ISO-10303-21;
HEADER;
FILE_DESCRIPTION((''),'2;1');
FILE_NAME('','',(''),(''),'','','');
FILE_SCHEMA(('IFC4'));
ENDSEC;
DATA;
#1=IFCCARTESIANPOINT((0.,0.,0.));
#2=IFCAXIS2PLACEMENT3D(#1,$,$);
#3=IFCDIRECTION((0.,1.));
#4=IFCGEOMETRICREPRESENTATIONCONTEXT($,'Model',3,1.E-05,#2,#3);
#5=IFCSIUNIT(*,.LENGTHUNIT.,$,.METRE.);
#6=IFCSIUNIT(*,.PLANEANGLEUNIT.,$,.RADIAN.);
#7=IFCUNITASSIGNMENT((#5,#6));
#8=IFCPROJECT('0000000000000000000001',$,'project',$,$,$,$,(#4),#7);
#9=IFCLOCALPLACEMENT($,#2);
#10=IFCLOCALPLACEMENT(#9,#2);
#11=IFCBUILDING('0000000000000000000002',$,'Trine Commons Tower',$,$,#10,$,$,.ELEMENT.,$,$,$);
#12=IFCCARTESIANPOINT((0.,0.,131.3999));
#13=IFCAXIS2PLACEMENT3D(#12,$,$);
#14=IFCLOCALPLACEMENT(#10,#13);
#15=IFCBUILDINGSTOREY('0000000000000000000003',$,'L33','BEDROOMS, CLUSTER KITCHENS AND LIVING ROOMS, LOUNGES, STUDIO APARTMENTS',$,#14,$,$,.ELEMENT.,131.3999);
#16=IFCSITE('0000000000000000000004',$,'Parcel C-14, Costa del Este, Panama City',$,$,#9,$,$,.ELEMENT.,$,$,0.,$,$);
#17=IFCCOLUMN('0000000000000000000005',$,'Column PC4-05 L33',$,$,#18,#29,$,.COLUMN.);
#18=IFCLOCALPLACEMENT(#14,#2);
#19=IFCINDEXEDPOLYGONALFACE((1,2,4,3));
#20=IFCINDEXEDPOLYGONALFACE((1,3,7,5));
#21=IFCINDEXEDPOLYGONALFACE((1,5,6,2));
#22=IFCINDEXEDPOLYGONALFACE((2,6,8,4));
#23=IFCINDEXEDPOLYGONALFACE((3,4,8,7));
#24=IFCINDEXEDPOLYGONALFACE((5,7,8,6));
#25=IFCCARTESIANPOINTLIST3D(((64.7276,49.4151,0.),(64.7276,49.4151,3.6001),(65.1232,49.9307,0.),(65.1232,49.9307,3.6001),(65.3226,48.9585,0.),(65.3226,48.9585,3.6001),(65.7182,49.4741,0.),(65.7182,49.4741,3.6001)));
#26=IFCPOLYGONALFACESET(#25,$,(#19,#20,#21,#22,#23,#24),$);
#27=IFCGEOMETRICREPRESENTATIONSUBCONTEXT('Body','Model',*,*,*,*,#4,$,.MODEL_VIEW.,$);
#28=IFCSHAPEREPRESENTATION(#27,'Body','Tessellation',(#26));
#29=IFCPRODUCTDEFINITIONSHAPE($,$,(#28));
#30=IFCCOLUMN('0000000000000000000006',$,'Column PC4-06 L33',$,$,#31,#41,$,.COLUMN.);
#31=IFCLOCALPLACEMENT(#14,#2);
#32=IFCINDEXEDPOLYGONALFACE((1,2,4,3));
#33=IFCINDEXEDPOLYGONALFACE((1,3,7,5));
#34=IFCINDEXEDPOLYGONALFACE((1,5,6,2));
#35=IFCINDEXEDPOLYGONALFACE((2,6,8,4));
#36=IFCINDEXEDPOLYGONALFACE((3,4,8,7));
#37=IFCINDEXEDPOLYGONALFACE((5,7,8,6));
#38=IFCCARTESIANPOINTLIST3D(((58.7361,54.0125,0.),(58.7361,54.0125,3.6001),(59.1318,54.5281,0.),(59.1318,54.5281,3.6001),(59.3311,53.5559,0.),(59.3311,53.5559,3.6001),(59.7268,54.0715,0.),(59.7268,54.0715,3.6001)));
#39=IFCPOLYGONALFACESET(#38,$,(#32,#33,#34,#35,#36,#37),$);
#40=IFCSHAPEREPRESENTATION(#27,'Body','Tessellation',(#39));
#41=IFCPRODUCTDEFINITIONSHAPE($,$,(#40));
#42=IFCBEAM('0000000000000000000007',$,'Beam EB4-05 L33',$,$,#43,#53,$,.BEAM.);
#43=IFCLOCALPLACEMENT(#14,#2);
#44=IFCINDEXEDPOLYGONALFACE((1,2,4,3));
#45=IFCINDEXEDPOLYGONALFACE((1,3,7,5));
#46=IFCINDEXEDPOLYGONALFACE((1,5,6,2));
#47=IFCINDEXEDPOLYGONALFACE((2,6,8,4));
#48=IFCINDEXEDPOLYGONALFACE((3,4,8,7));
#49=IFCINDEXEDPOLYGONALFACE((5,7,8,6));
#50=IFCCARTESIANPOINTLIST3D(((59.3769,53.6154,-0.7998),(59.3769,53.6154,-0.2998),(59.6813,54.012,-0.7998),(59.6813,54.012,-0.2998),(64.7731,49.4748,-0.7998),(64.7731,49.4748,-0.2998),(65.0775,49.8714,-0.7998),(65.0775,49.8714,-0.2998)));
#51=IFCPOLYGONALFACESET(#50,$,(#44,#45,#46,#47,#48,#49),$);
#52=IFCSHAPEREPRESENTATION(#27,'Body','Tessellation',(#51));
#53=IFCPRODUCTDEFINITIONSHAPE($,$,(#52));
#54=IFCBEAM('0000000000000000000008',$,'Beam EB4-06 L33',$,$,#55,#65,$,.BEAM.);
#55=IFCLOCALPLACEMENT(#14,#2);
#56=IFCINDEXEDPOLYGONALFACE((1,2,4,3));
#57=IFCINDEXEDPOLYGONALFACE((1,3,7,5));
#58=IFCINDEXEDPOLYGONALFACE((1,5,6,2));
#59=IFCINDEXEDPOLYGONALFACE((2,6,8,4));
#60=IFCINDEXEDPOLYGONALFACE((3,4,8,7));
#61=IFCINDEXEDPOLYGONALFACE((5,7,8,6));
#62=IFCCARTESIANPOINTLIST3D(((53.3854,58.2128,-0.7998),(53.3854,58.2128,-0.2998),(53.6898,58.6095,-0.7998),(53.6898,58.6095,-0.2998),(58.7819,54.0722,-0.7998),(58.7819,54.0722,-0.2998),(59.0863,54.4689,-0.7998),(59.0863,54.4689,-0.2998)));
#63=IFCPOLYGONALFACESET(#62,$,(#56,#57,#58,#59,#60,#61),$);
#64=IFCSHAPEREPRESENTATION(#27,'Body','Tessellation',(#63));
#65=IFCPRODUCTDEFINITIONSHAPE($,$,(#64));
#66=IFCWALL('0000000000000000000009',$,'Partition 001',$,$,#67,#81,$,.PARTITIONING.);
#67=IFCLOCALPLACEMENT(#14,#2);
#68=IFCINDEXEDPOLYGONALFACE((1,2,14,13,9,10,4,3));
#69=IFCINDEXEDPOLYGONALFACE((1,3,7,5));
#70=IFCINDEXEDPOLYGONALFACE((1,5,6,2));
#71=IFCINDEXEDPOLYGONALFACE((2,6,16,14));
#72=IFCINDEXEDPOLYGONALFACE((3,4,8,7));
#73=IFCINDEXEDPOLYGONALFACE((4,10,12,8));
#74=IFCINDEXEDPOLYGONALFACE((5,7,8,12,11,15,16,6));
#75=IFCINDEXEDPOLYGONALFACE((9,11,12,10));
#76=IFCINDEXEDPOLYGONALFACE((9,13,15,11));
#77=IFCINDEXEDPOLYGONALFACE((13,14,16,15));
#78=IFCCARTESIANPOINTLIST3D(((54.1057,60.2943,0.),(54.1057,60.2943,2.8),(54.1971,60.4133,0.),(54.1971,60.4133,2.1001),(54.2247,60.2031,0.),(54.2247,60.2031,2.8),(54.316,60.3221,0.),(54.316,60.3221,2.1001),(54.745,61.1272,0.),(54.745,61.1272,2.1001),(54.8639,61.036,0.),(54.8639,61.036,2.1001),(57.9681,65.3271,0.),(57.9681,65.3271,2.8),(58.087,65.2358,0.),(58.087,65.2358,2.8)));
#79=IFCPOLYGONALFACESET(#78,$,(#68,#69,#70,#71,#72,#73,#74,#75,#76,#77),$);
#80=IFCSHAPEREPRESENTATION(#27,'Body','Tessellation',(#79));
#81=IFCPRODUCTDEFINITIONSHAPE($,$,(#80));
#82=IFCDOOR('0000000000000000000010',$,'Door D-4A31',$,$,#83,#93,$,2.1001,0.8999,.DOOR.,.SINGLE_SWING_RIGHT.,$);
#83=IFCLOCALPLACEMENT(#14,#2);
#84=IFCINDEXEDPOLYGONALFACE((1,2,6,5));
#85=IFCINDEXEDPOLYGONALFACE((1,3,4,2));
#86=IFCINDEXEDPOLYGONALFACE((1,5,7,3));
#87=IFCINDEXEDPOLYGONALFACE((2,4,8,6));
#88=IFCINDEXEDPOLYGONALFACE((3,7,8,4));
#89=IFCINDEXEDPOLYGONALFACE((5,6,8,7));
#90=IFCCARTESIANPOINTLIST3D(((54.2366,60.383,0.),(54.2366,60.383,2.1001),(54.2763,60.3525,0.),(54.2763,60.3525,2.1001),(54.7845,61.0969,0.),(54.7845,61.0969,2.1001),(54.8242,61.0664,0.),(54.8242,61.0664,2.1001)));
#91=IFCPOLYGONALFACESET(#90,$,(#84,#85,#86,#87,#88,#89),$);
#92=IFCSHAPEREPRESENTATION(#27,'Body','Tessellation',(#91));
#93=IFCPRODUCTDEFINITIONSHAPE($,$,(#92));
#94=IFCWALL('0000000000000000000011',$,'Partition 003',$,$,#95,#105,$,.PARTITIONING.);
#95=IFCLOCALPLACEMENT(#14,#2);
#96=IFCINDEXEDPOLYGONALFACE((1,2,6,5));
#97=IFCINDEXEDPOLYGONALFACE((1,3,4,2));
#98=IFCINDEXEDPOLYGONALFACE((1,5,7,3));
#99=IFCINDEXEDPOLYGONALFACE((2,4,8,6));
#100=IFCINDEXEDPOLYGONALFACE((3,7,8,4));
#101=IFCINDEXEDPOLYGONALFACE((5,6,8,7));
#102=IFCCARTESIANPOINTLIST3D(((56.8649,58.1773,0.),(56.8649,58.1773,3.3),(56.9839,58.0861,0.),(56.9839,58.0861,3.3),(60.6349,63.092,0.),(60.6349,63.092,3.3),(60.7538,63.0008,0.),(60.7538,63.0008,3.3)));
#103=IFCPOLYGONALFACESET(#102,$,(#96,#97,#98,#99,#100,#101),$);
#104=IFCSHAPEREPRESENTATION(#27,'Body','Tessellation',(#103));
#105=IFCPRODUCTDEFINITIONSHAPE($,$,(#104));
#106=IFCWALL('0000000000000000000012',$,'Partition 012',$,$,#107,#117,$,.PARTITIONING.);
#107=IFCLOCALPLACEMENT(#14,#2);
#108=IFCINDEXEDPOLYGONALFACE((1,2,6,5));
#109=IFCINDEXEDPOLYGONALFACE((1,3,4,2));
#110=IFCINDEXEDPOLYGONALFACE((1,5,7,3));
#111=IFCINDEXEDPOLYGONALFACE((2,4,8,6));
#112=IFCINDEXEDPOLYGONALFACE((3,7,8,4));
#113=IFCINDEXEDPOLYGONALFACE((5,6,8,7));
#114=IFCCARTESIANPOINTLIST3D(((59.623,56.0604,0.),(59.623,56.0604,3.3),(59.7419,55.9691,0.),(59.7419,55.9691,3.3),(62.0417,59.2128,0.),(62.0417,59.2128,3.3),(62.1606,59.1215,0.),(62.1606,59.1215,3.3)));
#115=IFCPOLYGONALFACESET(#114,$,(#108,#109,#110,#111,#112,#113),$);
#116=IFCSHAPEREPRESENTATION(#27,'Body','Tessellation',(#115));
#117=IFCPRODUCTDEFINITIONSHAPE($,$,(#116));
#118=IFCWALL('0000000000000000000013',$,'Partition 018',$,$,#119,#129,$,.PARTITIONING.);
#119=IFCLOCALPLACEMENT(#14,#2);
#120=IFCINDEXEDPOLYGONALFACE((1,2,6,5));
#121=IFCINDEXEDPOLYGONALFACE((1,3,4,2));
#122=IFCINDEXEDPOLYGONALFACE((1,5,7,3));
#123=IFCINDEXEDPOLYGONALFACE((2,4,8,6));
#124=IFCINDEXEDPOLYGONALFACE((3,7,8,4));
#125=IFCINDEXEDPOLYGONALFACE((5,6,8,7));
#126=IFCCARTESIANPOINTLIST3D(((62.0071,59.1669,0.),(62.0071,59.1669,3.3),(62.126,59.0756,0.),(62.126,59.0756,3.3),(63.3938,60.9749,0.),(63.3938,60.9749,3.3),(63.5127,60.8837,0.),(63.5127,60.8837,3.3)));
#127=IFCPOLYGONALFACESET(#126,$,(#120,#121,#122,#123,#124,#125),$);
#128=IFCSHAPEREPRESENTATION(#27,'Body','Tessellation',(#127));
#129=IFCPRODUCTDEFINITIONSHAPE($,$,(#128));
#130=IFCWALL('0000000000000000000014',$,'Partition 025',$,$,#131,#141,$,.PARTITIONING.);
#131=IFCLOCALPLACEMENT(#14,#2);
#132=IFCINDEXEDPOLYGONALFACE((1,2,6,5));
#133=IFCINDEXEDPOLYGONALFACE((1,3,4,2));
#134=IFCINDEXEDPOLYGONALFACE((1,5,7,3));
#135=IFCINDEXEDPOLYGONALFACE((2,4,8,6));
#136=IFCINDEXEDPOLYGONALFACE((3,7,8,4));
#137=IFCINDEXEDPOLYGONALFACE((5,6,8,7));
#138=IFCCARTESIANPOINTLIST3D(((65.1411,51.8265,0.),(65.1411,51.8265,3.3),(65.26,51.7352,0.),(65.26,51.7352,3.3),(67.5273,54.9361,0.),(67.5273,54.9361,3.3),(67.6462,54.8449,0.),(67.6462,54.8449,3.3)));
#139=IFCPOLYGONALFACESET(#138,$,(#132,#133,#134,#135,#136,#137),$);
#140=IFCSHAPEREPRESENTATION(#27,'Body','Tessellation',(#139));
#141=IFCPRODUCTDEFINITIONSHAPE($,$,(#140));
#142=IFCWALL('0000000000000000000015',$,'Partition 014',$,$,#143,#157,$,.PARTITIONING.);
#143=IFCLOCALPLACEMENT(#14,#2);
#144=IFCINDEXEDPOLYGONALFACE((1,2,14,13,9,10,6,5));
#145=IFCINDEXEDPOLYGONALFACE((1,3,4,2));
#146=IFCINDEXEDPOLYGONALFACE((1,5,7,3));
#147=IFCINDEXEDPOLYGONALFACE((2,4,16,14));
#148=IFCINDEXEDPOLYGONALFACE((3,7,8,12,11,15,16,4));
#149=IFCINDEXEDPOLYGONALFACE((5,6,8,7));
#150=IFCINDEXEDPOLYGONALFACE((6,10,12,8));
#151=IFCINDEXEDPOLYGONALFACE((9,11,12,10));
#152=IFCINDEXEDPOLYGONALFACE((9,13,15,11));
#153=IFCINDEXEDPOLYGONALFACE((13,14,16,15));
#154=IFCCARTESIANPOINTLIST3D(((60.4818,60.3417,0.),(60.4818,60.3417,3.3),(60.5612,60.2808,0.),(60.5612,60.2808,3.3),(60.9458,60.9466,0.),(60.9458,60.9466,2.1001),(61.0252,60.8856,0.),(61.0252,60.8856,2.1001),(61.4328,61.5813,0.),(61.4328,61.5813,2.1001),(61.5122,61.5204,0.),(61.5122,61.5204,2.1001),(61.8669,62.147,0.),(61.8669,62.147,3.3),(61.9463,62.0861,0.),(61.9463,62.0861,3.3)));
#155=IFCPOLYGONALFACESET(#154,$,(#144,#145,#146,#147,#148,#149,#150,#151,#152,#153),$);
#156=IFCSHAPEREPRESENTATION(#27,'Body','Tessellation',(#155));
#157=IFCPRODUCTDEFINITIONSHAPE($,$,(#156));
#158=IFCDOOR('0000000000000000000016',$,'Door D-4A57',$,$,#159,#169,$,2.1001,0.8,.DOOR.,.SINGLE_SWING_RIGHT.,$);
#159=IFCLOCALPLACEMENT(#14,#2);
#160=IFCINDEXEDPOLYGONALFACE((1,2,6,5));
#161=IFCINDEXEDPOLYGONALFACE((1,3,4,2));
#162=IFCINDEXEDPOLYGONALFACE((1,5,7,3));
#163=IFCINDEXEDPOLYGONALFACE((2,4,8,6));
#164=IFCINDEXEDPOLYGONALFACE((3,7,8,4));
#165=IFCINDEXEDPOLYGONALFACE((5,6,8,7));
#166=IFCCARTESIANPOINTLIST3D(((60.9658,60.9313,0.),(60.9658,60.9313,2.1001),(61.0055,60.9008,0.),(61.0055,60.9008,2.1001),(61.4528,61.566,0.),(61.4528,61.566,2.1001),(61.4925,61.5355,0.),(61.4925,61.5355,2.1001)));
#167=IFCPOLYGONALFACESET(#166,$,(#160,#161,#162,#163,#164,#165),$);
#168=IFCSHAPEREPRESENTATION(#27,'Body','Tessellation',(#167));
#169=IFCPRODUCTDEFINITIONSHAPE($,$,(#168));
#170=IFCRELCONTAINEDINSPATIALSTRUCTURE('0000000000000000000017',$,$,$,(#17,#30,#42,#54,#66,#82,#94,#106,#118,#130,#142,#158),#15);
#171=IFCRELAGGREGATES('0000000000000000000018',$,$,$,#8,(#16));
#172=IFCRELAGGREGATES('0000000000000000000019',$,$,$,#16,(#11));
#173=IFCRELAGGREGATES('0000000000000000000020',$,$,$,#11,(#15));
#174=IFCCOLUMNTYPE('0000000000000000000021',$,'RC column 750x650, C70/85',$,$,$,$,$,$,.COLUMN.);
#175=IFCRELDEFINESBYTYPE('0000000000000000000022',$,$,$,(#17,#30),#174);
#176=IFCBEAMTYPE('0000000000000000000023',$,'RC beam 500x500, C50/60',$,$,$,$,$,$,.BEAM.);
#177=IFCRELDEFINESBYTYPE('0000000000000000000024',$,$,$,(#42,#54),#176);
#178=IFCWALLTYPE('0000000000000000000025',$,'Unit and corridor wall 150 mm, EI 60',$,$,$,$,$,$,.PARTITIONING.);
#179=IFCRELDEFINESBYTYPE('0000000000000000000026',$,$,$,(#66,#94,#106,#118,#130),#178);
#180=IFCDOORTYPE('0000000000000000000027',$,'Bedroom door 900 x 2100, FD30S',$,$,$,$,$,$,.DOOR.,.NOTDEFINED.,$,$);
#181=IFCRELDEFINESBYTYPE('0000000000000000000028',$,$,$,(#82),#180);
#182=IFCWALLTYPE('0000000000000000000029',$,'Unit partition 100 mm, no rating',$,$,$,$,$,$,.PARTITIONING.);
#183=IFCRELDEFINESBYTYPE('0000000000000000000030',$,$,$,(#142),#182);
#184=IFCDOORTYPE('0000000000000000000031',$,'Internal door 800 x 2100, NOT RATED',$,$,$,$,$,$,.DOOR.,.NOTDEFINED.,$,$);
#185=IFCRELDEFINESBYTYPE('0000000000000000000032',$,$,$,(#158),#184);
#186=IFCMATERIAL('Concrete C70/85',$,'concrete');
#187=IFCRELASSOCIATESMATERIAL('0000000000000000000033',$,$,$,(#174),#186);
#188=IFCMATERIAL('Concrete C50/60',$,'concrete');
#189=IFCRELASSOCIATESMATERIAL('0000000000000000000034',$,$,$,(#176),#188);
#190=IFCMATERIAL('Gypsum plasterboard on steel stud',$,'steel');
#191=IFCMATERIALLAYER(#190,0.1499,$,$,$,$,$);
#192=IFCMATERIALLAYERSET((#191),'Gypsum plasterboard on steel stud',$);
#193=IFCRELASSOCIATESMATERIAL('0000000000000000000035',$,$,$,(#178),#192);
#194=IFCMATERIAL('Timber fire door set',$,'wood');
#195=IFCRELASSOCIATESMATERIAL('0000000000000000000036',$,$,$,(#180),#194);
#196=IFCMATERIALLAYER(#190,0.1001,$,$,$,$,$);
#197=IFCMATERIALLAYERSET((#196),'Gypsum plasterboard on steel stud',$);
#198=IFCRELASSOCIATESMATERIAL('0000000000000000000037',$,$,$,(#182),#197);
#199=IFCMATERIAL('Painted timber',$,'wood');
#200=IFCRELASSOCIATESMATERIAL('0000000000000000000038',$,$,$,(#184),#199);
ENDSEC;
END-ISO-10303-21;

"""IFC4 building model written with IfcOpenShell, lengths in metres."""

from ifc_helpers import new_model, si_unit, direction, frame, frame_2d, origin, origin_2d, place, context, subcontext, project, spatial, rectangle, extrude, material, layer, layer_set, material_profile, profile_set, type_object, element, fill, save


model = new_model("IFC4")

# Units and contexts
model_context = context("Model", 3, precision=1e-05, world=origin(), true_north=direction((0.0, 1.0)))
body_context = subcontext(model_context, "Body", "Model", "MODEL_VIEW")
ifc_project = project(units=[si_unit("LENGTHUNIT", "METRE"), si_unit("PLANEANGLEUNIT", "RADIAN")], contexts=[model_context])

# Site, building, storey
site_placement = place(None, origin())
site = spatial("IfcSite", under=ifc_project, at=site_placement, Name="Parcel C-14, Costa del Este, Panama City", CompositionType="ELEMENT", RefElevation=0.0)
building_placement = place(site_placement, origin())
building = spatial("IfcBuilding", under=site, at=building_placement, Name="Trine Commons Tower", CompositionType="ELEMENT")
storey_placement = place(building_placement, frame((0.0, 0.0, 131.3999)))
storey = spatial("IfcBuildingStorey", under=building, at=storey_placement, Name="L33", Description="BEDROOMS, CLUSTER KITCHENS AND LIVING ROOMS, LOUNGES, STUDIO APARTMENTS", CompositionType="ELEMENT", Elevation=131.3999)

# Columns
ifc_material_1 = material(Name="Concrete C70/85", Category="concrete")
ifc_material_profile_1 = material_profile(ifc_material_1, rectangle(XDim=0.75, YDim=0.6499, at=origin_2d()), Name="RC 750x650")
ifc_profile_set_1 = profile_set([ifc_material_profile_1], Name="Concrete C70/85")
column_type = type_object("IfcColumnType", Name="RC column 750x650, C70/85", PredefinedType="COLUMN", material=ifc_profile_set_1)
for number, where, z_axis, x_axis, name in (
    (1, (65.2229, 49.4446, 0.0), (0.0, 0.0, 1.0), (-0.793353, 0.608761, 0.0), "Column PC4-05 L33"),
    (2, (59.2314, 54.042, 0.0), (0.0, 0.0, 1.0), (-0.793353, 0.608761, 0.0), "Column PC4-06 L33"),
):
    element("IfcColumn", number, at=place(storey_placement, frame(where, z_axis=z_axis, x_axis=x_axis)), inside=storey, type_object=column_type, Name=name, PredefinedType="COLUMN", context=body_context, shape_type="SweptSolid", body=[
        extrude(rectangle(XDim=0.75, YDim=0.6499, at=origin_2d()), origin(), (0.0, 0.0, 1.0), 3.6001),
    ])

# Beams
ifc_material_2 = material(Name="Concrete C50/60", Category="concrete")
ifc_material_profile_2 = material_profile(ifc_material_2, rectangle(XDim=0.5, YDim=0.5, at=origin_2d()), Name="RC 500x500")
ifc_profile_set_2 = profile_set([ifc_material_profile_2], Name="Concrete C50/60")
beam_type = type_object("IfcBeamType", Name="RC beam 500x500, C50/60", PredefinedType="BEAM", material=ifc_profile_set_2)
beam_1_placement = place(storey_placement, frame((64.9253, 49.6731, -0.5498), z_axis=(-0.793357, 0.608756, 0.0), x_axis=(-0.608756, -0.793357, 0.0)))
element("IfcBeam", 3, at=beam_1_placement, inside=storey, type_object=beam_type, Name="Beam EB4-05 L33", PredefinedType="BEAM", context=body_context, shape_type="SweptSolid", body=[
    extrude(rectangle(XDim=0.5, YDim=0.5, at=origin_2d()), origin(), (0.0, 0.0, 1.0), 6.8018),
])
beam_2_placement = place(storey_placement, frame((58.9341, 54.2705, -0.5498), z_axis=(-0.793371, 0.608739, 0.0), x_axis=(-0.608739, -0.793371, 0.0)))
element("IfcBeam", 4, at=beam_2_placement, inside=storey, type_object=beam_type, Name="Beam EB4-06 L33", PredefinedType="BEAM", context=body_context, shape_type="SweptSolid", body=[
    extrude(rectangle(XDim=0.5, YDim=0.5, at=origin_2d()), origin(), (0.0, 0.0, 1.0), 6.802),
])

# Wall, opening, door
ifc_material_3 = material(Name="Gypsum plasterboard on steel stud", Category="steel")
ifc_layer_1 = layer(ifc_material_3, 0.1499)
ifc_layer_set_1 = layer_set([ifc_layer_1], Name="Gypsum plasterboard on steel stud")
wall_type_1 = type_object("IfcWallType", Name="Unit and corridor wall 150 mm, EI 60", PredefinedType="PARTITIONING", material=ifc_layer_set_1)
wall_1_placement = place(storey_placement, frame((54.1653, 60.2488, 0.0), z_axis=(0.0, 0.0, 1.0), x_axis=(0.608818, 0.79331, 0.0)))
wall_1 = element("IfcWall", 5, at=wall_1_placement, inside=storey, type_object=wall_type_1, Name="Partition 001", PredefinedType="PARTITIONING", context=body_context, shape_type="SweptSolid", body=[
    extrude(rectangle(XDim=6.344, YDim=0.1499, at=frame_2d((3.1719, 0.0))), origin(), (0.0, 0.0, 1.0), 2.8),
])
opening_1_placement = place(wall_1_placement, frame((0.1499, 0.0, 0.0)))
opening_1 = element("IfcOpeningElement", 6, at=opening_1_placement, cuts=wall_1, PredefinedType="OPENING", context=body_context, shape_type="SweptSolid", body=[
    extrude(rectangle(XDim=0.8999, YDim=2.1001, at=frame_2d((0.45, 1.05))), frame((0.0, 0.085, 0.0), z_axis=(0.0, -1.0, 0.0), x_axis=(1.0, 0.0, 0.0)), (0.0, 0.0, 1.0), 0.1699),
])
ifc_material_4 = material(Name="Timber fire door set", Category="wood")
door_type_1 = type_object("IfcDoorType", Name="Bedroom door 900 x 2100, FD30S", OperationType="NOTDEFINED", PredefinedType="DOOR", material=ifc_material_4)
door_1_placement = place(opening_1_placement, frame((0.8999, 0.0, 0.0), z_axis=(0.0, 0.0, 1.0), x_axis=(-1.0, 0.0, 0.0)))
door_1 = element("IfcDoor", 7, at=door_1_placement, inside=storey, type_object=door_type_1, Name="Door D-4A31", OperationType="SINGLE_SWING_RIGHT", OverallHeight=2.1001, OverallWidth=0.8999, PredefinedType="DOOR", context=body_context, shape_type="SweptSolid", body=[
    extrude(rectangle(XDim=0.8999, YDim=2.1001, at=frame_2d((0.45, 1.05))), frame((0.0, 0.0249, 0.0), z_axis=(0.0, -1.0, 0.0), x_axis=(1.0, 0.0, 0.0)), (0.0, 0.0, 1.0), 0.05),
])
fill(opening_1, door_1)

# Walls
wall_2_placement = place(storey_placement, frame((56.9243, 58.1316, 0.0), z_axis=(0.0, 0.0, 1.0), x_axis=(0.608636, 0.79345, 0.0)))
element("IfcWall", 8, at=wall_2_placement, inside=storey, type_object=wall_type_1, Name="Partition 003", PredefinedType="PARTITIONING", context=body_context, shape_type="SweptSolid", body=[
    extrude(rectangle(XDim=6.1941, YDim=0.1499, at=frame_2d((3.0972, 0.0))), origin(), (0.0, 0.0, 1.0), 3.3),
])
wall_3_placement = place(storey_placement, frame((59.6824, 56.0146, 0.0), z_axis=(0.0, 0.0, 1.0), x_axis=(0.608733, 0.793375, 0.0)))
element("IfcWall", 9, at=wall_3_placement, inside=storey, type_object=wall_type_1, Name="Partition 012", PredefinedType="PARTITIONING", context=body_context, shape_type="SweptSolid", body=[
    extrude(rectangle(XDim=3.9734, YDim=0.1499, at=frame_2d((1.9868, 0.0))), origin(), (0.0, 0.0, 1.0), 3.3),
])
wall_4_placement = place(storey_placement, frame((62.0667, 59.1213, 0.0), z_axis=(0.0, 0.0, 1.0), x_axis=(0.608571, 0.793499, 0.0)))
element("IfcWall", 10, at=wall_4_placement, inside=storey, type_object=wall_type_1, Name="Partition 018", PredefinedType="PARTITIONING", context=body_context, shape_type="SweptSolid", body=[
    extrude(rectangle(XDim=2.2786, YDim=0.1499, at=frame_2d((1.1392, 0.0))), origin(), (0.0, 0.0, 1.0), 3.3),
])
wall_5_placement = place(storey_placement, frame((65.2004, 51.7808, 0.0), z_axis=(0.0, 0.0, 1.0), x_axis=(0.608783, 0.793337, 0.0)))
element("IfcWall", 11, at=wall_5_placement, inside=storey, type_object=wall_type_1, Name="Partition 025", PredefinedType="PARTITIONING", context=body_context, shape_type="SweptSolid", body=[
    extrude(rectangle(XDim=3.9197, YDim=0.1499, at=frame_2d((1.96, 0.0))), origin(), (0.0, 0.0, 1.0), 3.3),
])

# Wall, opening, door
ifc_layer_2 = layer(ifc_material_3, 0.1001)
ifc_layer_set_2 = layer_set([ifc_layer_2], Name="Gypsum plasterboard on steel stud")
wall_type_2 = type_object("IfcWallType", Name="Unit partition 100 mm, no rating", PredefinedType="PARTITIONING", material=ifc_layer_set_2)
wall_6_placement = place(storey_placement, frame((60.5215, 60.3113, 0.0), z_axis=(0.0, 0.0, 1.0), x_axis=(0.60872, 0.793385, 0.0)))
wall_6 = element("IfcWall", 12, at=wall_6_placement, inside=storey, type_object=wall_type_2, Name="Partition 014", PredefinedType="PARTITIONING", context=body_context, shape_type="SweptSolid", body=[
    extrude(rectangle(XDim=2.2754, YDim=0.1001, at=frame_2d((1.1377, 0.0))), origin(), (0.0, 0.0, 1.0), 3.3),
])
opening_2_placement = place(wall_6_placement, frame((0.7625, 0.0, 0.0)))
opening_2 = element("IfcOpeningElement", 13, at=opening_2_placement, cuts=wall_6, PredefinedType="OPENING", context=body_context, shape_type="SweptSolid", body=[
    extrude(rectangle(XDim=0.8, YDim=2.1001, at=frame_2d((0.3999, 1.05))), frame((0.0, 0.0601, 0.0), z_axis=(0.0, -1.0, 0.0), x_axis=(1.0, 0.0, 0.0)), (0.0, 0.0, 1.0), 0.1201),
])
ifc_material_5 = material(Name="Painted timber", Category="wood")
door_type_2 = type_object("IfcDoorType", Name="Internal door 800 x 2100, NOT RATED", OperationType="NOTDEFINED", PredefinedType="DOOR", material=ifc_material_5)
door_2_placement = place(opening_2_placement, origin())
door_2 = element("IfcDoor", 14, at=door_2_placement, inside=storey, type_object=door_type_2, Name="Door D-4A57", OperationType="SINGLE_SWING_RIGHT", OverallHeight=2.1001, OverallWidth=0.8, PredefinedType="DOOR", context=body_context, shape_type="SweptSolid", body=[
    extrude(rectangle(XDim=0.8, YDim=2.1001, at=frame_2d((0.3999, 1.05))), frame((0.0, 0.0249, 0.0), z_axis=(0.0, -1.0, 0.0), x_axis=(1.0, 0.0, 0.0)), (0.0, 0.0, 1.0), 0.05),
])
fill(opening_2, door_2)

save(model, "model.ifc")
